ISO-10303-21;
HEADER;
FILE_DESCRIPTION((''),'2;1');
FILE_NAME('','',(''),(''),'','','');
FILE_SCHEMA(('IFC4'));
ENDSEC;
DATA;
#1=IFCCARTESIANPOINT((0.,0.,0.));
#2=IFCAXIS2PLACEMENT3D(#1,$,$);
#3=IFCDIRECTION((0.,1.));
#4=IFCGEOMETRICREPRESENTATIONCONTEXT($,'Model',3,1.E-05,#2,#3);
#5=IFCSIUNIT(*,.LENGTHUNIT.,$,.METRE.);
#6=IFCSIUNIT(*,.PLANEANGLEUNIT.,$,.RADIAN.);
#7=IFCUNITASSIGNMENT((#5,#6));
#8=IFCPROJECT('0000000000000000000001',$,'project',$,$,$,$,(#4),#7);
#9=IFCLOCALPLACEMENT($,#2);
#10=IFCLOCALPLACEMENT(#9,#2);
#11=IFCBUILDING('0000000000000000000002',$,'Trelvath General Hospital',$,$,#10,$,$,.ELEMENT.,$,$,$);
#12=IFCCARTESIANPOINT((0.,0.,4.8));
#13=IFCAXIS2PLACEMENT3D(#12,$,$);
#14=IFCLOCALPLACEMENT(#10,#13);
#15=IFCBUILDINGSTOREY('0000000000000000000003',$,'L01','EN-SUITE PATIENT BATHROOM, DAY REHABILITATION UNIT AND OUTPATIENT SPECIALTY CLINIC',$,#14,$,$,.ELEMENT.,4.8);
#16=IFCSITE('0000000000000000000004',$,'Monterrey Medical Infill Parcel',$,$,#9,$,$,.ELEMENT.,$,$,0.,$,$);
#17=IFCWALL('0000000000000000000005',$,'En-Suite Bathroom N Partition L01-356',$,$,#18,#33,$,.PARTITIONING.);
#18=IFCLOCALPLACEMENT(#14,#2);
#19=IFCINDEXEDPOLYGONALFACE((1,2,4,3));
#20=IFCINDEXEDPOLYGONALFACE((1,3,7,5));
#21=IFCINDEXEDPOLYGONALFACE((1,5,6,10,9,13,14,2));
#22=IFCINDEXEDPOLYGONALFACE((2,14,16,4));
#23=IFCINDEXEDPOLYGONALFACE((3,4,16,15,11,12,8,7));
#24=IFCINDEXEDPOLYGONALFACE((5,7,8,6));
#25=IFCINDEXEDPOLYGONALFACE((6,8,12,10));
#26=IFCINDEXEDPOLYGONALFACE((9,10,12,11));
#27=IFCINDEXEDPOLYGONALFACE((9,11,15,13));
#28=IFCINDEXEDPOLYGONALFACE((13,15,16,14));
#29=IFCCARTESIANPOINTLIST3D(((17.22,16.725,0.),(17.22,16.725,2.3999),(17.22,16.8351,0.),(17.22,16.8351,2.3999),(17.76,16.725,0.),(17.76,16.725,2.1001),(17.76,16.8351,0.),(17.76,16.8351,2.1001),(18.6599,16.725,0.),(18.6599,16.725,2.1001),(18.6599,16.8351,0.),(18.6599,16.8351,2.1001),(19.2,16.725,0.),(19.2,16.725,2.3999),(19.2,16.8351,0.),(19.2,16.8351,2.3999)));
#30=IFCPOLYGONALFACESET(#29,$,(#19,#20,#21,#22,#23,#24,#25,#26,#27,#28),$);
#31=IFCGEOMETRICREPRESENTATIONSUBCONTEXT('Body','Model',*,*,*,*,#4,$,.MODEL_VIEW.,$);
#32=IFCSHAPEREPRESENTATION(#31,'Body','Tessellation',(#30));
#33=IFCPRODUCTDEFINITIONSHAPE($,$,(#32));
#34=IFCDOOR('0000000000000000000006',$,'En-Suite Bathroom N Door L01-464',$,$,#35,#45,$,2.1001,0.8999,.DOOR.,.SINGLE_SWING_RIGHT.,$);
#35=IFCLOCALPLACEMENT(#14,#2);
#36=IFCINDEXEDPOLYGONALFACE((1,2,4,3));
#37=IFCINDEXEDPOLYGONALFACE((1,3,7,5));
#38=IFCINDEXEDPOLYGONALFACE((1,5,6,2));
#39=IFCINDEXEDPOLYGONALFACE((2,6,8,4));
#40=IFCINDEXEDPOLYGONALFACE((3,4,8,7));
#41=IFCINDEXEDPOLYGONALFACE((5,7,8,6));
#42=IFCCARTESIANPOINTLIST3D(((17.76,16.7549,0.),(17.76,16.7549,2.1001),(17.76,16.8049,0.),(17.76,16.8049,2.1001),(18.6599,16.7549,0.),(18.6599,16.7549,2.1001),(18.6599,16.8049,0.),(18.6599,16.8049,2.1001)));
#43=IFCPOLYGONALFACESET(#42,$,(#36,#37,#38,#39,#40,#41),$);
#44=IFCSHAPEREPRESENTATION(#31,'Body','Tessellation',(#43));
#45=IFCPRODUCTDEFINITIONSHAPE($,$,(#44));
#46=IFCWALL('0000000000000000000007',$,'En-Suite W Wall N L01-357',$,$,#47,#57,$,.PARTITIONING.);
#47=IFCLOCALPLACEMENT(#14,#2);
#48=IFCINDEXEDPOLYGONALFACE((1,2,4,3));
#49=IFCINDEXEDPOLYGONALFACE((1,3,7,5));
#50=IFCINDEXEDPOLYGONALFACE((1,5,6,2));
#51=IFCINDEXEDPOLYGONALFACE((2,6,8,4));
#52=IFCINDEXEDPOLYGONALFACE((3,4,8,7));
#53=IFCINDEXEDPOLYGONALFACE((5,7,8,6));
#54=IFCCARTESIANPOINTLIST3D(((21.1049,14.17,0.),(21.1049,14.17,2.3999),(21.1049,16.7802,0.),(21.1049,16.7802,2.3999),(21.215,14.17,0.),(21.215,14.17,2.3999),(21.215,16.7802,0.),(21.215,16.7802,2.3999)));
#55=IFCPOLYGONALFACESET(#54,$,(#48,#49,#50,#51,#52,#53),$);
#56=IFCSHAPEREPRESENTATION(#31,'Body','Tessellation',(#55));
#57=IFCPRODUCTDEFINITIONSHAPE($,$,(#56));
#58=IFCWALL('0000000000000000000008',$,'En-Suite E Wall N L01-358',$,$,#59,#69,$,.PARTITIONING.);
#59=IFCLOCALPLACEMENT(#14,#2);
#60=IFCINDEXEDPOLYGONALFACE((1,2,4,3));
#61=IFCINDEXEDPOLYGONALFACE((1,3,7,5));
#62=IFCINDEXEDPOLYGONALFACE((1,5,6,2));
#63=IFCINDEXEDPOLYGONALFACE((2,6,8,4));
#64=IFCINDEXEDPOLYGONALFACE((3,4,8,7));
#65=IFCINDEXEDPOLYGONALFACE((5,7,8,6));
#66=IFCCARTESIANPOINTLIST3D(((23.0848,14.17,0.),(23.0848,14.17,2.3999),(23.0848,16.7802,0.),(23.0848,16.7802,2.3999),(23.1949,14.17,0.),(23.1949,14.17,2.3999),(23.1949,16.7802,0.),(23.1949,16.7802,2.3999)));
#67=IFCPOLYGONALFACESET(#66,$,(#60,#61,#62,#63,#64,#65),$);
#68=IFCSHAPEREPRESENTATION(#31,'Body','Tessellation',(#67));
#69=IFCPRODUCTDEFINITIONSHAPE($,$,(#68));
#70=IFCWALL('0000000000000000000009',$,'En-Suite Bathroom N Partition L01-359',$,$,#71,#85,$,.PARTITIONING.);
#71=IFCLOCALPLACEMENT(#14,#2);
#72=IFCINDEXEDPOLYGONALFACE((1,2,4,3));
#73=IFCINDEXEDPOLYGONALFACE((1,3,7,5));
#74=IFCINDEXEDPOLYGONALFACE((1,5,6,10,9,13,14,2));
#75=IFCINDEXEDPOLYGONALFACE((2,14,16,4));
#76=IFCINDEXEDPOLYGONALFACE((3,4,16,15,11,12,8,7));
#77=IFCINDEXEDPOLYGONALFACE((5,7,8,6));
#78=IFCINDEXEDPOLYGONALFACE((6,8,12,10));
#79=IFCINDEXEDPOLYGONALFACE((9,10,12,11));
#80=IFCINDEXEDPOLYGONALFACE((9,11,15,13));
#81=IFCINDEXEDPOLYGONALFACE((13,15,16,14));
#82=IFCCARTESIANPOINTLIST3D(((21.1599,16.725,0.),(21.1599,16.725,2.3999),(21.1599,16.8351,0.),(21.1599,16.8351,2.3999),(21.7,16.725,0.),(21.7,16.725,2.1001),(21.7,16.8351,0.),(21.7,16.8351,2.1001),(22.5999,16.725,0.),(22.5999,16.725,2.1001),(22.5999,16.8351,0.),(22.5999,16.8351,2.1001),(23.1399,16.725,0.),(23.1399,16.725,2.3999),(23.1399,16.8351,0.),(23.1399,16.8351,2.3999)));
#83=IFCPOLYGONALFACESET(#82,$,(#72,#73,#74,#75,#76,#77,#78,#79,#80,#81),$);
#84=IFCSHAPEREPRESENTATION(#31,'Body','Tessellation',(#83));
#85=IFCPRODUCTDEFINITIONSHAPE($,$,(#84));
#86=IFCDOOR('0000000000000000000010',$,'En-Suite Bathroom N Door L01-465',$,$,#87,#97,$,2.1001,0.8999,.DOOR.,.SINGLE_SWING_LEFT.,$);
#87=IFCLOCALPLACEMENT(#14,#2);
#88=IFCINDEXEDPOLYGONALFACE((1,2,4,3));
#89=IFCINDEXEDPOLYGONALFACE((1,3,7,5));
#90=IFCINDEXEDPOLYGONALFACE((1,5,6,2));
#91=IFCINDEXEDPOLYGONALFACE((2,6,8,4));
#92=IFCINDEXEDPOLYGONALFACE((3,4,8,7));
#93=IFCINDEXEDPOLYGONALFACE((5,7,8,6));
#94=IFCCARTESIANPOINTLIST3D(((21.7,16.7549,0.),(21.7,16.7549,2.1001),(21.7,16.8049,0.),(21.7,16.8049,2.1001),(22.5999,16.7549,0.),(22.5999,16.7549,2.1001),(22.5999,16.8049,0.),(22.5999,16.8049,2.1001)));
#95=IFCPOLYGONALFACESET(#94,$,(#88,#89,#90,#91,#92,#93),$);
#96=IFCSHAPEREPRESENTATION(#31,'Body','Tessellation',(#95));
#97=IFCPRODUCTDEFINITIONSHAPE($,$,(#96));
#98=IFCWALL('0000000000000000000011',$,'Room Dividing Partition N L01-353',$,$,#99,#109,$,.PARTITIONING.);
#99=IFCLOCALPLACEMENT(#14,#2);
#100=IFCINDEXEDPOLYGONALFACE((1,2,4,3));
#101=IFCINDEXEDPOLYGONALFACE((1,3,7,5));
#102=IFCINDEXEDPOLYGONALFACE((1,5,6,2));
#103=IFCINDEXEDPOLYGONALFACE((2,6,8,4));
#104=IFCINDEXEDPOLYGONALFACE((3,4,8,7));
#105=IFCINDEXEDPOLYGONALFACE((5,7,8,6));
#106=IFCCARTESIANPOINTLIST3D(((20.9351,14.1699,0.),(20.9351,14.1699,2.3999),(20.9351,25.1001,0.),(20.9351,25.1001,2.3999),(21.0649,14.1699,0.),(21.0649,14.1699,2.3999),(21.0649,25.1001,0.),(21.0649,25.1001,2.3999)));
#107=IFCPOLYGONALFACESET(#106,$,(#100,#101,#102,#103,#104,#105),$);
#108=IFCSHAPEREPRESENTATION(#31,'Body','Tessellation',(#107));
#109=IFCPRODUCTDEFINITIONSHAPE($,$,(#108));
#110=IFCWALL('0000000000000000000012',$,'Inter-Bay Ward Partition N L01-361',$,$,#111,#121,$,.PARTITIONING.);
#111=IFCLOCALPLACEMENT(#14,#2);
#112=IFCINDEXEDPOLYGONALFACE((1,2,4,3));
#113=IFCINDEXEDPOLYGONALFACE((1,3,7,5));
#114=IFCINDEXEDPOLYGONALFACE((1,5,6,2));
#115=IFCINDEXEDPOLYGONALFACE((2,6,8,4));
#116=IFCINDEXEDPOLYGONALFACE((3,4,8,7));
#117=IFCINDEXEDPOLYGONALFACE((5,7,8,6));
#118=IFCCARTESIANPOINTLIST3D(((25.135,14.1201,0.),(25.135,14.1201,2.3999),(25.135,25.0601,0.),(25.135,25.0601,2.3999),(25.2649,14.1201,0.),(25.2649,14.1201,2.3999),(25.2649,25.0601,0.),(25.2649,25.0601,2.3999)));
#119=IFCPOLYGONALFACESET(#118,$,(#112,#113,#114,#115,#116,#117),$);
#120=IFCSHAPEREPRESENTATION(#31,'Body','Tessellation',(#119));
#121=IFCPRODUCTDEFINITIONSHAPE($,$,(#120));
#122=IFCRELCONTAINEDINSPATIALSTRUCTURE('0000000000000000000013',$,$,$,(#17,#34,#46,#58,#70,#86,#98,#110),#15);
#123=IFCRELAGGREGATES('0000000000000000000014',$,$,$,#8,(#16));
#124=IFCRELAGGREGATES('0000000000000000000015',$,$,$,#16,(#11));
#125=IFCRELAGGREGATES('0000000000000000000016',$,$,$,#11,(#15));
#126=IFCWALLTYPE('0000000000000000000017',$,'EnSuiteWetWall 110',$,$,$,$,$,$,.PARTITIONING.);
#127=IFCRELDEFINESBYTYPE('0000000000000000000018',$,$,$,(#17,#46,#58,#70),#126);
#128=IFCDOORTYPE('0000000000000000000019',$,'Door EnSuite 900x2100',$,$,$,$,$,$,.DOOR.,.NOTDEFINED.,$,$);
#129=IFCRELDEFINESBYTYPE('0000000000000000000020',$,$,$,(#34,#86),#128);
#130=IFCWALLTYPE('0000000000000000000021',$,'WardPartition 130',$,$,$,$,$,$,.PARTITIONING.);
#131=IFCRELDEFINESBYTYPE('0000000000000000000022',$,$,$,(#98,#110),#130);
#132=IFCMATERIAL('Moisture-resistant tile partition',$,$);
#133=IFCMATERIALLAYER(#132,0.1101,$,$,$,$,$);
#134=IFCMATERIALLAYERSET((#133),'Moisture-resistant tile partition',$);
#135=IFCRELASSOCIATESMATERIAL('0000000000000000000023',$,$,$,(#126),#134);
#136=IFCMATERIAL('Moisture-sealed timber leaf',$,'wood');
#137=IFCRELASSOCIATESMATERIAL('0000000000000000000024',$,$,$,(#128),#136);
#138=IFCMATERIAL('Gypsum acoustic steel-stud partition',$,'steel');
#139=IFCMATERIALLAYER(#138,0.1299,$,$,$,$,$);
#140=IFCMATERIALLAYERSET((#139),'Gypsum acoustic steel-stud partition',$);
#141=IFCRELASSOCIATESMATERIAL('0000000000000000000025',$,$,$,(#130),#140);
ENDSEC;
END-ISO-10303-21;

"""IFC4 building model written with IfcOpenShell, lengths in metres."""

from ifc_helpers import new_model, si_unit, direction, frame, frame_2d, origin, place, context, subcontext, project, spatial, rectangle, extrude, material, layer, layer_set, type_object, element, fill, save


model = new_model("IFC4")

# Units and contexts
model_context = context("Model", 3, precision=1e-05, world=origin(), true_north=direction((0.0, 1.0)))
body_context = subcontext(model_context, "Body", "Model", "MODEL_VIEW")
ifc_project = project(units=[si_unit("LENGTHUNIT", "METRE"), si_unit("PLANEANGLEUNIT", "RADIAN")], contexts=[model_context])

# Site, building, storey
site_placement = place(None, origin())
site = spatial("IfcSite", under=ifc_project, at=site_placement, Name="Monterrey Medical Infill Parcel", CompositionType="ELEMENT", RefElevation=0.0)
building_placement = place(site_placement, origin())
building = spatial("IfcBuilding", under=site, at=building_placement, Name="Trelvath General Hospital", CompositionType="ELEMENT")
storey_placement = place(building_placement, frame((0.0, 0.0, 4.8)))
storey = spatial("IfcBuildingStorey", under=building, at=storey_placement, Name="L01", Description="EN-SUITE PATIENT BATHROOM, DAY REHABILITATION UNIT AND OUTPATIENT SPECIALTY CLINIC", CompositionType="ELEMENT", Elevation=4.8)

# Shared definitions
ifc_material_1 = material(Name="Moisture-resistant tile partition")
ifc_layer_1 = layer(ifc_material_1, 0.1101)
ifc_layer_set_1 = layer_set([ifc_layer_1], Name="Moisture-resistant tile partition")
wall_type_1 = type_object("IfcWallType", Name="EnSuiteWetWall 110", PredefinedType="PARTITIONING", material=ifc_layer_set_1)

# Wall, opening, door
wall_1_placement = place(storey_placement, frame((17.22, 16.78, 0.0), z_axis=(0.0, 0.0, 1.0), x_axis=(1.0, 0.0, 0.0)))
wall_1 = element("IfcWall", 1, at=wall_1_placement, inside=storey, type_object=wall_type_1, Name="En-Suite Bathroom N Partition L01-356", PredefinedType="PARTITIONING", context=body_context, shape_type="SweptSolid", body=[
    extrude(rectangle(XDim=1.98, YDim=0.1101, at=frame_2d((0.99, 0.0))), origin(), (0.0, 0.0, 1.0), 2.3999),
])
opening_1_placement = place(wall_1_placement, frame((0.54, 0.0, 0.0)))
opening_1 = element("IfcOpeningElement", 2, at=opening_1_placement, cuts=wall_1, PredefinedType="OPENING", context=body_context, shape_type="SweptSolid", body=[
    extrude(rectangle(XDim=0.8999, YDim=2.1001, at=frame_2d((0.45, 1.05))), frame((0.0, 0.0649, 0.0), z_axis=(0.0, -1.0, 0.0), x_axis=(1.0, 0.0, 0.0)), (0.0, 0.0, 1.0), 0.1301),
])
ifc_material_2 = material(Name="Moisture-sealed timber leaf", Category="wood")
door_type_1 = type_object("IfcDoorType", Name="Door EnSuite 900x2100", OperationType="NOTDEFINED", PredefinedType="DOOR", material=ifc_material_2)
door_1_placement = place(opening_1_placement, origin())
door_1 = element("IfcDoor", 3, at=door_1_placement, inside=storey, type_object=door_type_1, Name="En-Suite Bathroom N Door L01-464", OperationType="SINGLE_SWING_RIGHT", OverallHeight=2.1001, OverallWidth=0.8999, PredefinedType="DOOR", context=body_context, shape_type="SweptSolid", body=[
    extrude(rectangle(XDim=0.8999, YDim=2.1001, at=frame_2d((0.45, 1.05))), frame((0.0, 0.0249, 0.0), z_axis=(0.0, -1.0, 0.0), x_axis=(1.0, 0.0, 0.0)), (0.0, 0.0, 1.0), 0.05),
])
fill(opening_1, door_1)

# Walls
for number, where, z_axis, x_axis, name in (
    (4, (21.1599, 14.1699, 0.0), (0.0, 0.0, 1.0), (0.0, 1.0, 0.0), "En-Suite W Wall N L01-357"),
    (5, (23.1399, 14.1699, 0.0), (0.0, 0.0, 1.0), (0.0, 1.0, 0.0), "En-Suite E Wall N L01-358"),
):
    element("IfcWall", number, at=place(storey_placement, frame(where, z_axis=z_axis, x_axis=x_axis)), inside=storey, type_object=wall_type_1, Name=name, PredefinedType="PARTITIONING", context=body_context, shape_type="SweptSolid", body=[
        extrude(rectangle(XDim=2.6101, YDim=0.1101, at=frame_2d((1.3052, 0.0))), origin(), (0.0, 0.0, 1.0), 2.3999),
    ])

# Wall, opening, door
wall_2_placement = place(storey_placement, frame((21.1599, 16.78, 0.0), z_axis=(0.0, 0.0, 1.0), x_axis=(1.0, 0.0, 0.0)))
wall_2 = element("IfcWall", 6, at=wall_2_placement, inside=storey, type_object=wall_type_1, Name="En-Suite Bathroom N Partition L01-359", PredefinedType="PARTITIONING", context=body_context, shape_type="SweptSolid", body=[
    extrude(rectangle(XDim=1.98, YDim=0.1101, at=frame_2d((0.99, 0.0))), origin(), (0.0, 0.0, 1.0), 2.3999),
])
opening_2_placement = place(wall_2_placement, frame((0.54, 0.0, 0.0)))
opening_2 = element("IfcOpeningElement", 7, at=opening_2_placement, cuts=wall_2, PredefinedType="OPENING", context=body_context, shape_type="SweptSolid", body=[
    extrude(rectangle(XDim=0.8999, YDim=2.1001, at=frame_2d((0.45, 1.05))), frame((0.0, 0.0649, 0.0), z_axis=(0.0, -1.0, 0.0), x_axis=(1.0, 0.0, 0.0)), (0.0, 0.0, 1.0), 0.1301),
])
door_2_placement = place(opening_2_placement, origin())
door_2 = element("IfcDoor", 8, at=door_2_placement, inside=storey, type_object=door_type_1, Name="En-Suite Bathroom N Door L01-465", OperationType="SINGLE_SWING_LEFT", OverallHeight=2.1001, OverallWidth=0.8999, PredefinedType="DOOR", context=body_context, shape_type="SweptSolid", body=[
    extrude(rectangle(XDim=0.8999, YDim=2.1001, at=frame_2d((0.45, 1.05))), frame((0.0, 0.0249, 0.0), z_axis=(0.0, -1.0, 0.0), x_axis=(1.0, 0.0, 0.0)), (0.0, 0.0, 1.0), 0.05),
])
fill(opening_2, door_2)

# Walls
ifc_material_3 = material(Name="Gypsum acoustic steel-stud partition", Category="steel")
ifc_layer_2 = layer(ifc_material_3, 0.1299)
ifc_layer_set_2 = layer_set([ifc_layer_2], Name="Gypsum acoustic steel-stud partition")
wall_type_2 = type_object("IfcWallType", Name="WardPartition 130", PredefinedType="PARTITIONING", material=ifc_layer_set_2)
wall_3_placement = place(storey_placement, frame((21.0, 14.1699, 0.0), z_axis=(0.0, 0.0, 1.0), x_axis=(0.0, 1.0, 0.0)))
element("IfcWall", 9, at=wall_3_placement, inside=storey, type_object=wall_type_2, Name="Room Dividing Partition N L01-353", PredefinedType="PARTITIONING", context=body_context, shape_type="SweptSolid", body=[
    extrude(rectangle(XDim=10.9302, YDim=0.1299, at=frame_2d((5.4651, 0.0))), origin(), (0.0, 0.0, 1.0), 2.3999),
])
wall_4_placement = place(storey_placement, frame((25.2, 14.1201, 0.0), z_axis=(0.0, 0.0, 1.0), x_axis=(0.0, 1.0, 0.0)))
element("IfcWall", 10, at=wall_4_placement, inside=storey, type_object=wall_type_2, Name="Inter-Bay Ward Partition N L01-361", PredefinedType="PARTITIONING", context=body_context, shape_type="SweptSolid", body=[
    extrude(rectangle(XDim=10.9399, YDim=0.1299, at=frame_2d((5.47, 0.0))), origin(), (0.0, 0.0, 1.0), 2.3999),
])

save(model, "model.ifc")
